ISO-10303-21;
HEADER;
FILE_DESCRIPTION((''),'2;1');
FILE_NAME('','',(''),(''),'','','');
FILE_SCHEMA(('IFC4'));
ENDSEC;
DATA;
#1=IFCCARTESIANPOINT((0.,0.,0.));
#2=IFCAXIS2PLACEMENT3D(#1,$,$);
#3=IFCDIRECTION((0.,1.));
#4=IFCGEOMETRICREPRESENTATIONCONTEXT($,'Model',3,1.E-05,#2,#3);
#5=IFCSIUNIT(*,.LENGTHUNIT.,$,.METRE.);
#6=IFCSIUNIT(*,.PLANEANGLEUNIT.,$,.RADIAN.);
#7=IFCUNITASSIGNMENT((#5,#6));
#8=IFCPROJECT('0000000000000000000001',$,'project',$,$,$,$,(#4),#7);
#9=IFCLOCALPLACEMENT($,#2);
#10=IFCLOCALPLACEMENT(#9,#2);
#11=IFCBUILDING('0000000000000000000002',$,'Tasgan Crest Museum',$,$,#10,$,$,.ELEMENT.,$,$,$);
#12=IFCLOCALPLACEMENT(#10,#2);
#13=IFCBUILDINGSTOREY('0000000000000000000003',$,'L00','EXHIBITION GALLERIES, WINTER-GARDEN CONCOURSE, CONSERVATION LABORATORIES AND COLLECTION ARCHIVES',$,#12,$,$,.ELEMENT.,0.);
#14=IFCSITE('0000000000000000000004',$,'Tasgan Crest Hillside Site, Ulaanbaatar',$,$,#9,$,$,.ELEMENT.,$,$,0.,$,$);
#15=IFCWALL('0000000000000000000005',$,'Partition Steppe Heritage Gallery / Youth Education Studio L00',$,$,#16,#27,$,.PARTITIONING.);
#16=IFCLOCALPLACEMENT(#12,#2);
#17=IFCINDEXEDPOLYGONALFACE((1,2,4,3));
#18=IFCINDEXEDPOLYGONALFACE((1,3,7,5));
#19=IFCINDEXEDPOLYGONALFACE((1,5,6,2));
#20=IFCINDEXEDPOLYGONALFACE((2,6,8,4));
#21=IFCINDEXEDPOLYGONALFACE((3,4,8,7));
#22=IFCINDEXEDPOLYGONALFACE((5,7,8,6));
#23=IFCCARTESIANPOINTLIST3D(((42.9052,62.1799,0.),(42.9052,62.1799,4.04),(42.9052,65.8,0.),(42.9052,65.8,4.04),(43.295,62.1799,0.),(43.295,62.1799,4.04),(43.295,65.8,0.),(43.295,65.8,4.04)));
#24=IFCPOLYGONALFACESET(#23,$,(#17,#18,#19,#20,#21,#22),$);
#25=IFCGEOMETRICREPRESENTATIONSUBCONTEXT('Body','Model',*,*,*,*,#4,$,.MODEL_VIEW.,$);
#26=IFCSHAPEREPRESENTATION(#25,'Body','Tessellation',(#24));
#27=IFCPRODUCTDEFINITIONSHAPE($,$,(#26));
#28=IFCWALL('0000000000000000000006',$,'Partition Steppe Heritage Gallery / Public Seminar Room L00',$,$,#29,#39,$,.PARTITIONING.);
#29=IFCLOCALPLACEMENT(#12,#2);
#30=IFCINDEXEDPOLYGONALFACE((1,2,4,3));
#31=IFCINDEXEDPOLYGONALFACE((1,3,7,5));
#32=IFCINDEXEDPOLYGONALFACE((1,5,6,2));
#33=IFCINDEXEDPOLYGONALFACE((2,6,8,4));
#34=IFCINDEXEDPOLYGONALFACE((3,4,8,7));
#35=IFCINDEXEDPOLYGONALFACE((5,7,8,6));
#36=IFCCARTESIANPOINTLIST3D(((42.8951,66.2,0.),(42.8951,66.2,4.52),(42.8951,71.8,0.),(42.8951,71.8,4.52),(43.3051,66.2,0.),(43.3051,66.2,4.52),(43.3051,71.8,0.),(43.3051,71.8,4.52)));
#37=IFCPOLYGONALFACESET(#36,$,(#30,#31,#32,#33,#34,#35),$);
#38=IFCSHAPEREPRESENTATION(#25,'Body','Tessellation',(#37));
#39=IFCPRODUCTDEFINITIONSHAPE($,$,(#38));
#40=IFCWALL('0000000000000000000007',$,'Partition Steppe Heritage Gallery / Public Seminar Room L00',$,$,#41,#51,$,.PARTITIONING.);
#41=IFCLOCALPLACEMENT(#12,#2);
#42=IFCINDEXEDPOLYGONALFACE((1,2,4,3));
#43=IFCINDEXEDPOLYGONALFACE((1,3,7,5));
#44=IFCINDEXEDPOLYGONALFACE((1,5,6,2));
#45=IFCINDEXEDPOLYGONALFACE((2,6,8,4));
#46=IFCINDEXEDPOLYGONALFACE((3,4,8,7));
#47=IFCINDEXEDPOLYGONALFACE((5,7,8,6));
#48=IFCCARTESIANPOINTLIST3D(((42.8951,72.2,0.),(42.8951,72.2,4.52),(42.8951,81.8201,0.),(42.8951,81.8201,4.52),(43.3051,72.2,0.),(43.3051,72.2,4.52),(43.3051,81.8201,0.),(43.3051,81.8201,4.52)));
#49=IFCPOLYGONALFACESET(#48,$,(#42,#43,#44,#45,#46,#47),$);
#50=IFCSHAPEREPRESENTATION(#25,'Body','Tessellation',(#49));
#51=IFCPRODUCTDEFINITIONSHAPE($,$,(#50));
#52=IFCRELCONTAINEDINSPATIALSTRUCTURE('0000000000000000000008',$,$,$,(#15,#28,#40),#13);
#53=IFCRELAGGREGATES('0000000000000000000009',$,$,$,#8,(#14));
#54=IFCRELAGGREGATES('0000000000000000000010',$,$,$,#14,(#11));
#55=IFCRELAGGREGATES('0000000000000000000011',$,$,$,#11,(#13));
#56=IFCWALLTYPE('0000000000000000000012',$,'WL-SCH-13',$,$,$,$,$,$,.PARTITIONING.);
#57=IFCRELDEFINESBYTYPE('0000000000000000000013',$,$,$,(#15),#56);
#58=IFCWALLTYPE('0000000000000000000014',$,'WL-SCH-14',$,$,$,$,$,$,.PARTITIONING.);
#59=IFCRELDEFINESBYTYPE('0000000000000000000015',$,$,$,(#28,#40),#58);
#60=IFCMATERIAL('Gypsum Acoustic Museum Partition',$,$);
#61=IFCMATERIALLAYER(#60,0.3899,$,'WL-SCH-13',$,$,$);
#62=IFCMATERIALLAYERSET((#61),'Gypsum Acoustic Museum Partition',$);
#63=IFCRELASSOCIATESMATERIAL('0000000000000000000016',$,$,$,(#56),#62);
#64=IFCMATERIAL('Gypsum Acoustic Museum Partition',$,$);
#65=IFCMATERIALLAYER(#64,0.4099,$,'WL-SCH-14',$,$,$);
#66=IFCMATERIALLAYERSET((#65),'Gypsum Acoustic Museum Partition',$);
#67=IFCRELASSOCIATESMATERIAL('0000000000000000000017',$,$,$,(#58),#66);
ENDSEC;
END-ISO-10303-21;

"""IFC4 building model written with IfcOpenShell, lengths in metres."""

from ifc_helpers import new_model, si_unit, direction, frame, frame_2d, origin, place, context, subcontext, project, spatial, rectangle, extrude, material, layer, layer_set, type_object, element, save


model = new_model("IFC4")

# Units and contexts
model_context = context("Model", 3, precision=1e-05, world=origin(), true_north=direction((0.0, 1.0)))
body_context = subcontext(model_context, "Body", "Model", "MODEL_VIEW")
ifc_project = project(units=[si_unit("LENGTHUNIT", "METRE"), si_unit("PLANEANGLEUNIT", "RADIAN")], contexts=[model_context])

# Site, building, storey
site_placement = place(None, origin())
site = spatial("IfcSite", under=ifc_project, at=site_placement, Name="Tasgan Crest Hillside Site, Ulaanbaatar", CompositionType="ELEMENT", RefElevation=0.0)
building_placement = place(site_placement, origin())
building = spatial("IfcBuilding", under=site, at=building_placement, Name="Tasgan Crest Museum", CompositionType="ELEMENT")
storey_placement = place(building_placement, origin())
storey = spatial("IfcBuildingStorey", under=building, at=storey_placement, Name="L00", Description="EXHIBITION GALLERIES, WINTER-GARDEN CONCOURSE, CONSERVATION LABORATORIES AND COLLECTION ARCHIVES", CompositionType="ELEMENT", Elevation=0.0)

# Walls
ifc_material_1 = material(Name="Gypsum Acoustic Museum Partition")
ifc_layer_1 = layer(ifc_material_1, 0.3899, Name="WL-SCH-13")
ifc_layer_set_1 = layer_set([ifc_layer_1], Name="Gypsum Acoustic Museum Partition")
wall_type_1 = type_object("IfcWallType", Name="WL-SCH-13", PredefinedType="PARTITIONING", material=ifc_layer_set_1)
wall_1_placement = place(storey_placement, frame((43.1001, 62.1799, 0.0), z_axis=(0.0, 0.0, 1.0), x_axis=(0.0, 1.0, 0.0)))
element("IfcWall", 1, at=wall_1_placement, inside=storey, type_object=wall_type_1, Name="Partition Steppe Heritage Gallery / Youth Education Studio L00", PredefinedType="PARTITIONING", context=body_context, shape_type="SweptSolid", body=[
    extrude(rectangle(XDim=3.6201, YDim=0.3899, at=frame_2d((1.8101, 0.0))), origin(), (0.0, 0.0, 1.0), 4.04),
])
ifc_material_2 = material(Name="Gypsum Acoustic Museum Partition")
ifc_layer_2 = layer(ifc_material_2, 0.4099, Name="WL-SCH-14")
ifc_layer_set_2 = layer_set([ifc_layer_2], Name="Gypsum Acoustic Museum Partition")
wall_type_2 = type_object("IfcWallType", Name="WL-SCH-14", PredefinedType="PARTITIONING", material=ifc_layer_set_2)
wall_2_placement = place(storey_placement, frame((43.1001, 66.2, 0.0), z_axis=(0.0, 0.0, 1.0), x_axis=(0.0, 1.0, 0.0)))
element("IfcWall", 2, at=wall_2_placement, inside=storey, type_object=wall_type_2, Name="Partition Steppe Heritage Gallery / Public Seminar Room L00", PredefinedType="PARTITIONING", context=body_context, shape_type="SweptSolid", body=[
    extrude(rectangle(XDim=5.6001, YDim=0.4099, at=frame_2d((2.8, 0.0))), origin(), (0.0, 0.0, 1.0), 4.52),
])
wall_3_placement = place(storey_placement, frame((43.1001, 72.2, 0.0), z_axis=(0.0, 0.0, 1.0), x_axis=(0.0, 1.0, 0.0)))
element("IfcWall", 3, at=wall_3_placement, inside=storey, type_object=wall_type_2, Name="Partition Steppe Heritage Gallery / Public Seminar Room L00", PredefinedType="PARTITIONING", context=body_context, shape_type="SweptSolid", body=[
    extrude(rectangle(XDim=9.6201, YDim=0.4099, at=frame_2d((4.8101, 0.0))), origin(), (0.0, 0.0, 1.0), 4.52),
])

save(model, "model.ifc")
